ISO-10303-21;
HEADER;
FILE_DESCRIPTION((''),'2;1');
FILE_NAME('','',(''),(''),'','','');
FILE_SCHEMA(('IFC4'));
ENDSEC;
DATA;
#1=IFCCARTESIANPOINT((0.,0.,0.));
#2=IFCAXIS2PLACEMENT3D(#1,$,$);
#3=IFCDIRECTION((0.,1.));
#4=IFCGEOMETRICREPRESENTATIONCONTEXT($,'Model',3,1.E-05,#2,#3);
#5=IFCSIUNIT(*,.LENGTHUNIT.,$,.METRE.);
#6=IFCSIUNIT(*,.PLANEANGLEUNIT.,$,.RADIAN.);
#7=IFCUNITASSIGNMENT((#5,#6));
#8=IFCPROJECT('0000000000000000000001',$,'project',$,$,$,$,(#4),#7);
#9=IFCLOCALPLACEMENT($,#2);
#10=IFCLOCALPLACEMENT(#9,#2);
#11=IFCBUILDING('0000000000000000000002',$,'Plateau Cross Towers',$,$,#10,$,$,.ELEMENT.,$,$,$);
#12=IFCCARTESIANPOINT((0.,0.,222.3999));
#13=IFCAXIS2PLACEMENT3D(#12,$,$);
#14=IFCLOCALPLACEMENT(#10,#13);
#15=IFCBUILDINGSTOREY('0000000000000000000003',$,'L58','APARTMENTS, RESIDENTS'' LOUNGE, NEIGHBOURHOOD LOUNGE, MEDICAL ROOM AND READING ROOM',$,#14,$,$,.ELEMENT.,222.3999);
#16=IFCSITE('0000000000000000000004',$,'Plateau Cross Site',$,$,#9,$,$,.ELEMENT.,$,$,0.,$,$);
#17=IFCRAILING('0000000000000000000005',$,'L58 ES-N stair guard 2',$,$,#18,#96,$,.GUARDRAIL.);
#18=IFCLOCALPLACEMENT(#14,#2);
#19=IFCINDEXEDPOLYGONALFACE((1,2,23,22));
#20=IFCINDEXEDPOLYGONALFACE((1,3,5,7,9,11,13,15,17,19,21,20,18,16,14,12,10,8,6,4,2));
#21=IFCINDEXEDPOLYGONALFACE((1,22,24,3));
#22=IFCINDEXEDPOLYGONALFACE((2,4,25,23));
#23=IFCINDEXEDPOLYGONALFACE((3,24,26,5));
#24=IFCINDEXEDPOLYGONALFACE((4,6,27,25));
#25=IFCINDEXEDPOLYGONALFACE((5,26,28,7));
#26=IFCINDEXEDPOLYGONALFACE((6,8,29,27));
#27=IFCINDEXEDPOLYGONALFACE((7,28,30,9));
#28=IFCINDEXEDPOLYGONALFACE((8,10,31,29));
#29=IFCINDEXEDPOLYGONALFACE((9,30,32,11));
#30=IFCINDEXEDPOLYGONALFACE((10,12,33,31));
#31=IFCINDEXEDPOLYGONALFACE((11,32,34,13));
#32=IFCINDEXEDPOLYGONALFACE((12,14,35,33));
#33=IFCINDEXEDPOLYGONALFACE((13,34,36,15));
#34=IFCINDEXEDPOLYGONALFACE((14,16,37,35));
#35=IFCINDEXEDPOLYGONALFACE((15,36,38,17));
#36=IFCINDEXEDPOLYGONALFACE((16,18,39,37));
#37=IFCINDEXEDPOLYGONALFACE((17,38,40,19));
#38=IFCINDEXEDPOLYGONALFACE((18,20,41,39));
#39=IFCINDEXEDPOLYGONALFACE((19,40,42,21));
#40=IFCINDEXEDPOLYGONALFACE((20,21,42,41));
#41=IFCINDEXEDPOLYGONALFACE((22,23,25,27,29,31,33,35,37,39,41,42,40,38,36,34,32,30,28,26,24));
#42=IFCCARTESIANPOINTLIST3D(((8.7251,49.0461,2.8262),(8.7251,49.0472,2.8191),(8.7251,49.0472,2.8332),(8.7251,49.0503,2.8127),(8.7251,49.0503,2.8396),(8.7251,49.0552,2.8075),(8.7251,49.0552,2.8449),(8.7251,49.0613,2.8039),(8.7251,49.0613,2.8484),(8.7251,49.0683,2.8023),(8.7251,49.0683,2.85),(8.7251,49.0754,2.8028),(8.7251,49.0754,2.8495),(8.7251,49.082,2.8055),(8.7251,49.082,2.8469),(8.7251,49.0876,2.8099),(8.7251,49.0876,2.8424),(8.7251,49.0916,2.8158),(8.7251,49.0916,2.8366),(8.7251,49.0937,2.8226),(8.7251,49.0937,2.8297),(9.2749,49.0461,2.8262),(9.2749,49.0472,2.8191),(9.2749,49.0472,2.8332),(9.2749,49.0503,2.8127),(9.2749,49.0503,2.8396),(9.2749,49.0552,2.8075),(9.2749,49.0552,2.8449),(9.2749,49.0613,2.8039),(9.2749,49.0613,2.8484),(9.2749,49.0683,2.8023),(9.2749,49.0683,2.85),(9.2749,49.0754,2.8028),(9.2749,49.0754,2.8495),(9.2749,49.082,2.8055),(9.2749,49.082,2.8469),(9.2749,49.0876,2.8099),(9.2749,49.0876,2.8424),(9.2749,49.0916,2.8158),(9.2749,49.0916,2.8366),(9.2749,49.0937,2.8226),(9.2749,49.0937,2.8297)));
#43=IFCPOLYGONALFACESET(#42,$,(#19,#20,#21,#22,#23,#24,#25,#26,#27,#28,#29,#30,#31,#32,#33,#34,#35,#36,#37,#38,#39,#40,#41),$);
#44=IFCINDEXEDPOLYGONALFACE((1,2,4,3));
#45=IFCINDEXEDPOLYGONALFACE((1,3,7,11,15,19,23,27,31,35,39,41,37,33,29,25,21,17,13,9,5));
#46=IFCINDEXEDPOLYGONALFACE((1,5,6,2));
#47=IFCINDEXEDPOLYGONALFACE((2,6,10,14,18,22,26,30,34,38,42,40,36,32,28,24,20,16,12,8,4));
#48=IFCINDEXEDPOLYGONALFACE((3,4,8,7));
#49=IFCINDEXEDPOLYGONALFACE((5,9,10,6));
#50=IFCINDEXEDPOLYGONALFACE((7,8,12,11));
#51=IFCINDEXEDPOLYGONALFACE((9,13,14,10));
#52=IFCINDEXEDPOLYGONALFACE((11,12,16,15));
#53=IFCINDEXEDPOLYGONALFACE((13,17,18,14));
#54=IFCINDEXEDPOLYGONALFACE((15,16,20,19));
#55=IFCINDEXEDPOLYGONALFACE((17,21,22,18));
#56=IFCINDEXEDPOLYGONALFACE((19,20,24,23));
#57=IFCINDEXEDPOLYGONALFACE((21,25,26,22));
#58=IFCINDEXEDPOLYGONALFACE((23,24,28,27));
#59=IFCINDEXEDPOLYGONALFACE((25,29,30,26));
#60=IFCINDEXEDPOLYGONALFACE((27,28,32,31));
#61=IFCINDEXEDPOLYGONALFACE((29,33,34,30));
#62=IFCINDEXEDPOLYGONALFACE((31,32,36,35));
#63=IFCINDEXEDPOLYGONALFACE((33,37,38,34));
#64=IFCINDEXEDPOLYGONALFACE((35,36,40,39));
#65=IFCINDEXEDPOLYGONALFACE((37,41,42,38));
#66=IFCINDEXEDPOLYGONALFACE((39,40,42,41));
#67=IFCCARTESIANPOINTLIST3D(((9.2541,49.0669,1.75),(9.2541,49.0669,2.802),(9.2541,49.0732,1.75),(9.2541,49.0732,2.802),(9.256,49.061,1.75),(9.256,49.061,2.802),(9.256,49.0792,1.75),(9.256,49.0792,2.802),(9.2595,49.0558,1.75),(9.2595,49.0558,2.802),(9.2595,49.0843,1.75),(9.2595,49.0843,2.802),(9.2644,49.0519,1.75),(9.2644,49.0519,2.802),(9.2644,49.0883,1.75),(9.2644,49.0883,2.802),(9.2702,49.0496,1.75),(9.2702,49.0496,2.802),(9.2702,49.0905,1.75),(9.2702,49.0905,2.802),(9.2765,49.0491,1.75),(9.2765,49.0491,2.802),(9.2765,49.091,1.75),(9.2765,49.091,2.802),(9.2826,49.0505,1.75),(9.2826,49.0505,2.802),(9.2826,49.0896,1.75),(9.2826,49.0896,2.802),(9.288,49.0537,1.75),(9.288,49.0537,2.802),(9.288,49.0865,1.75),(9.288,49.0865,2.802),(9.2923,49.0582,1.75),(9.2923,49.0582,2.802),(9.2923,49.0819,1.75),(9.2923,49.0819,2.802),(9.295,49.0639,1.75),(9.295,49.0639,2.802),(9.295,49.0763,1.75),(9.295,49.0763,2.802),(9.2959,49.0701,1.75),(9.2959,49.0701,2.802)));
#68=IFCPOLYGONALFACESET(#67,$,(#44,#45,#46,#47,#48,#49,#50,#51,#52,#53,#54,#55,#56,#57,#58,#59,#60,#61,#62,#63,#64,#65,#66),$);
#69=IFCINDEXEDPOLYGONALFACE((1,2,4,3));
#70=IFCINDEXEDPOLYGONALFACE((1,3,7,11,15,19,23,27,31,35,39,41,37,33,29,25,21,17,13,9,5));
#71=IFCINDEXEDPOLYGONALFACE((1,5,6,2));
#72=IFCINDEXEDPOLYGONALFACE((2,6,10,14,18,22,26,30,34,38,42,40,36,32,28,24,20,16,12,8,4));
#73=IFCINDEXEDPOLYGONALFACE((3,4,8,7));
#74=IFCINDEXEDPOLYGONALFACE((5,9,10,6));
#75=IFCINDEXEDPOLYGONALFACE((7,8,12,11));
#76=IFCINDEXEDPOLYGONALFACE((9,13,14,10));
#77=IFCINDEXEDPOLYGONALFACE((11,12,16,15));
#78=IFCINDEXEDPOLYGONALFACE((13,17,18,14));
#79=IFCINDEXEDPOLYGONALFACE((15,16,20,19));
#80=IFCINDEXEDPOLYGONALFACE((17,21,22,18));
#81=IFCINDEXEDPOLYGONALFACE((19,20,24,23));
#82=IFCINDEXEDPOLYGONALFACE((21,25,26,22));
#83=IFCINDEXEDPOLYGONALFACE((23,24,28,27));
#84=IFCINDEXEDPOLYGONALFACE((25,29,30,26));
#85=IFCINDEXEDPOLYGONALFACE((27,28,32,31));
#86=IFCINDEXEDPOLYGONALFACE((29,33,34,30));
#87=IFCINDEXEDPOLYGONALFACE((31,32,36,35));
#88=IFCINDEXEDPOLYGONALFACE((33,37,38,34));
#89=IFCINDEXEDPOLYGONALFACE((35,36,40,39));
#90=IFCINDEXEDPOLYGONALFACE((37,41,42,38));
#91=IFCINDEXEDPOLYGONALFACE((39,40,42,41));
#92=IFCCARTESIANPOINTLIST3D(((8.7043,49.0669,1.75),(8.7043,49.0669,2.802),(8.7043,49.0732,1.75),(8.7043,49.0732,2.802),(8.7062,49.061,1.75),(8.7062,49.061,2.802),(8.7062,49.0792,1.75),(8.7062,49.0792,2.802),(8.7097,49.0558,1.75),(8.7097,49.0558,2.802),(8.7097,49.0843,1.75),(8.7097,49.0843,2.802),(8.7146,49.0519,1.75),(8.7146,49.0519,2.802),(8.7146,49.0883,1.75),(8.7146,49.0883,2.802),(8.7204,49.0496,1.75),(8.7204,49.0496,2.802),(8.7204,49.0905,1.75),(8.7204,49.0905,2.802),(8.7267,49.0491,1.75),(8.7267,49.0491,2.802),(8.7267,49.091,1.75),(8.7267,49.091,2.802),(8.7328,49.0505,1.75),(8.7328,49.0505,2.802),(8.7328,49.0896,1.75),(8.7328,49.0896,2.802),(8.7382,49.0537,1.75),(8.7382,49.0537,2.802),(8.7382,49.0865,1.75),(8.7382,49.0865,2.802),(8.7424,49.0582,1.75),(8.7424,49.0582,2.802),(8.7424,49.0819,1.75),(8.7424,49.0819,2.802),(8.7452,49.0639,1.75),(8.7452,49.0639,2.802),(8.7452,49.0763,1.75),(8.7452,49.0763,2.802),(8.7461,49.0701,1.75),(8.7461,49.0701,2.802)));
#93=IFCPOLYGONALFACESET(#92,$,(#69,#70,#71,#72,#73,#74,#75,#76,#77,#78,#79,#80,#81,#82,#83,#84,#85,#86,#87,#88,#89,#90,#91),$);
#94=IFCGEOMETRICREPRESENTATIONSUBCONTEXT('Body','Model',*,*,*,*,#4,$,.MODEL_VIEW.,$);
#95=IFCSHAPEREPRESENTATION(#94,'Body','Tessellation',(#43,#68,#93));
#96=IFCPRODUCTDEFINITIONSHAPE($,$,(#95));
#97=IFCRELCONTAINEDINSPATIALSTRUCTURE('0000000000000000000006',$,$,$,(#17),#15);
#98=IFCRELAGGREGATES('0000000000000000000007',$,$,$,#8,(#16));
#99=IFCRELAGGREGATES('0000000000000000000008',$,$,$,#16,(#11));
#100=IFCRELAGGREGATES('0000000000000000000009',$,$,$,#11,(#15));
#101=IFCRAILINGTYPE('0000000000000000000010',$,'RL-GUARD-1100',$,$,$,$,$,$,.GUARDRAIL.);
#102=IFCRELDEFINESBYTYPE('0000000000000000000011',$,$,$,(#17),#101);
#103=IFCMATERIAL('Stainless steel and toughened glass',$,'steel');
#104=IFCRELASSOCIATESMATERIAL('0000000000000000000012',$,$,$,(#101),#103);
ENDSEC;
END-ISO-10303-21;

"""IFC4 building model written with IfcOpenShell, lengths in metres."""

from ifc_helpers import new_model, si_unit, direction, frame, origin, origin_2d, place, context, subcontext, project, spatial, circle, extrude, material, type_object, element, save


model = new_model("IFC4")

# Units and contexts
model_context = context("Model", 3, precision=1e-05, world=origin(), true_north=direction((0.0, 1.0)))
body_context = subcontext(model_context, "Body", "Model", "MODEL_VIEW")
ifc_project = project(units=[si_unit("LENGTHUNIT", "METRE"), si_unit("PLANEANGLEUNIT", "RADIAN")], contexts=[model_context])

# Site, building, storey
site_placement = place(None, origin())
site = spatial("IfcSite", under=ifc_project, at=site_placement, Name="Plateau Cross Site", CompositionType="ELEMENT", RefElevation=0.0)
building_placement = place(site_placement, origin())
building = spatial("IfcBuilding", under=site, at=building_placement, Name="Plateau Cross Towers", CompositionType="ELEMENT")
storey_placement = place(building_placement, frame((0.0, 0.0, 222.3999)))
storey = spatial("IfcBuildingStorey", under=building, at=storey_placement, Name="L58", Description="APARTMENTS, RESIDENTS' LOUNGE, NEIGHBOURHOOD LOUNGE, MEDICAL ROOM AND READING ROOM", CompositionType="ELEMENT", Elevation=222.3999)

# Railing
ifc_material_1 = material(Name="Stainless steel and toughened glass", Category="steel")
railing_type_1 = type_object("IfcRailingType", Name="RL-GUARD-1100", PredefinedType="GUARDRAIL", material=ifc_material_1)
railing_1_placement = place(storey_placement, frame((9.2749, 49.0701, 1.75)))
element("IfcRailing", 1, at=railing_1_placement, inside=storey, type_object=railing_type_1, Name="L58 ES-N stair guard 2", PredefinedType="GUARDRAIL", context=body_context, shape_type="SweptSolid", body=[
    extrude(circle(Radius=0.0239, at=origin_2d()), frame((0.0, 0.0, 1.0762), z_axis=(-1.0, 0.0, 0.0), x_axis=(0.0, -1.0, 0.0)), (0.0, 0.0, 1.0), 0.5498),
    extrude(circle(Radius=0.021, at=origin_2d()), origin(), (0.0, 0.0, 1.0), 1.052),
    extrude(circle(Radius=0.021, at=origin_2d()), frame((-0.5498, 0.0, 0.0)), (0.0, 0.0, 1.0), 1.052),
])

save(model, "model.ifc")
